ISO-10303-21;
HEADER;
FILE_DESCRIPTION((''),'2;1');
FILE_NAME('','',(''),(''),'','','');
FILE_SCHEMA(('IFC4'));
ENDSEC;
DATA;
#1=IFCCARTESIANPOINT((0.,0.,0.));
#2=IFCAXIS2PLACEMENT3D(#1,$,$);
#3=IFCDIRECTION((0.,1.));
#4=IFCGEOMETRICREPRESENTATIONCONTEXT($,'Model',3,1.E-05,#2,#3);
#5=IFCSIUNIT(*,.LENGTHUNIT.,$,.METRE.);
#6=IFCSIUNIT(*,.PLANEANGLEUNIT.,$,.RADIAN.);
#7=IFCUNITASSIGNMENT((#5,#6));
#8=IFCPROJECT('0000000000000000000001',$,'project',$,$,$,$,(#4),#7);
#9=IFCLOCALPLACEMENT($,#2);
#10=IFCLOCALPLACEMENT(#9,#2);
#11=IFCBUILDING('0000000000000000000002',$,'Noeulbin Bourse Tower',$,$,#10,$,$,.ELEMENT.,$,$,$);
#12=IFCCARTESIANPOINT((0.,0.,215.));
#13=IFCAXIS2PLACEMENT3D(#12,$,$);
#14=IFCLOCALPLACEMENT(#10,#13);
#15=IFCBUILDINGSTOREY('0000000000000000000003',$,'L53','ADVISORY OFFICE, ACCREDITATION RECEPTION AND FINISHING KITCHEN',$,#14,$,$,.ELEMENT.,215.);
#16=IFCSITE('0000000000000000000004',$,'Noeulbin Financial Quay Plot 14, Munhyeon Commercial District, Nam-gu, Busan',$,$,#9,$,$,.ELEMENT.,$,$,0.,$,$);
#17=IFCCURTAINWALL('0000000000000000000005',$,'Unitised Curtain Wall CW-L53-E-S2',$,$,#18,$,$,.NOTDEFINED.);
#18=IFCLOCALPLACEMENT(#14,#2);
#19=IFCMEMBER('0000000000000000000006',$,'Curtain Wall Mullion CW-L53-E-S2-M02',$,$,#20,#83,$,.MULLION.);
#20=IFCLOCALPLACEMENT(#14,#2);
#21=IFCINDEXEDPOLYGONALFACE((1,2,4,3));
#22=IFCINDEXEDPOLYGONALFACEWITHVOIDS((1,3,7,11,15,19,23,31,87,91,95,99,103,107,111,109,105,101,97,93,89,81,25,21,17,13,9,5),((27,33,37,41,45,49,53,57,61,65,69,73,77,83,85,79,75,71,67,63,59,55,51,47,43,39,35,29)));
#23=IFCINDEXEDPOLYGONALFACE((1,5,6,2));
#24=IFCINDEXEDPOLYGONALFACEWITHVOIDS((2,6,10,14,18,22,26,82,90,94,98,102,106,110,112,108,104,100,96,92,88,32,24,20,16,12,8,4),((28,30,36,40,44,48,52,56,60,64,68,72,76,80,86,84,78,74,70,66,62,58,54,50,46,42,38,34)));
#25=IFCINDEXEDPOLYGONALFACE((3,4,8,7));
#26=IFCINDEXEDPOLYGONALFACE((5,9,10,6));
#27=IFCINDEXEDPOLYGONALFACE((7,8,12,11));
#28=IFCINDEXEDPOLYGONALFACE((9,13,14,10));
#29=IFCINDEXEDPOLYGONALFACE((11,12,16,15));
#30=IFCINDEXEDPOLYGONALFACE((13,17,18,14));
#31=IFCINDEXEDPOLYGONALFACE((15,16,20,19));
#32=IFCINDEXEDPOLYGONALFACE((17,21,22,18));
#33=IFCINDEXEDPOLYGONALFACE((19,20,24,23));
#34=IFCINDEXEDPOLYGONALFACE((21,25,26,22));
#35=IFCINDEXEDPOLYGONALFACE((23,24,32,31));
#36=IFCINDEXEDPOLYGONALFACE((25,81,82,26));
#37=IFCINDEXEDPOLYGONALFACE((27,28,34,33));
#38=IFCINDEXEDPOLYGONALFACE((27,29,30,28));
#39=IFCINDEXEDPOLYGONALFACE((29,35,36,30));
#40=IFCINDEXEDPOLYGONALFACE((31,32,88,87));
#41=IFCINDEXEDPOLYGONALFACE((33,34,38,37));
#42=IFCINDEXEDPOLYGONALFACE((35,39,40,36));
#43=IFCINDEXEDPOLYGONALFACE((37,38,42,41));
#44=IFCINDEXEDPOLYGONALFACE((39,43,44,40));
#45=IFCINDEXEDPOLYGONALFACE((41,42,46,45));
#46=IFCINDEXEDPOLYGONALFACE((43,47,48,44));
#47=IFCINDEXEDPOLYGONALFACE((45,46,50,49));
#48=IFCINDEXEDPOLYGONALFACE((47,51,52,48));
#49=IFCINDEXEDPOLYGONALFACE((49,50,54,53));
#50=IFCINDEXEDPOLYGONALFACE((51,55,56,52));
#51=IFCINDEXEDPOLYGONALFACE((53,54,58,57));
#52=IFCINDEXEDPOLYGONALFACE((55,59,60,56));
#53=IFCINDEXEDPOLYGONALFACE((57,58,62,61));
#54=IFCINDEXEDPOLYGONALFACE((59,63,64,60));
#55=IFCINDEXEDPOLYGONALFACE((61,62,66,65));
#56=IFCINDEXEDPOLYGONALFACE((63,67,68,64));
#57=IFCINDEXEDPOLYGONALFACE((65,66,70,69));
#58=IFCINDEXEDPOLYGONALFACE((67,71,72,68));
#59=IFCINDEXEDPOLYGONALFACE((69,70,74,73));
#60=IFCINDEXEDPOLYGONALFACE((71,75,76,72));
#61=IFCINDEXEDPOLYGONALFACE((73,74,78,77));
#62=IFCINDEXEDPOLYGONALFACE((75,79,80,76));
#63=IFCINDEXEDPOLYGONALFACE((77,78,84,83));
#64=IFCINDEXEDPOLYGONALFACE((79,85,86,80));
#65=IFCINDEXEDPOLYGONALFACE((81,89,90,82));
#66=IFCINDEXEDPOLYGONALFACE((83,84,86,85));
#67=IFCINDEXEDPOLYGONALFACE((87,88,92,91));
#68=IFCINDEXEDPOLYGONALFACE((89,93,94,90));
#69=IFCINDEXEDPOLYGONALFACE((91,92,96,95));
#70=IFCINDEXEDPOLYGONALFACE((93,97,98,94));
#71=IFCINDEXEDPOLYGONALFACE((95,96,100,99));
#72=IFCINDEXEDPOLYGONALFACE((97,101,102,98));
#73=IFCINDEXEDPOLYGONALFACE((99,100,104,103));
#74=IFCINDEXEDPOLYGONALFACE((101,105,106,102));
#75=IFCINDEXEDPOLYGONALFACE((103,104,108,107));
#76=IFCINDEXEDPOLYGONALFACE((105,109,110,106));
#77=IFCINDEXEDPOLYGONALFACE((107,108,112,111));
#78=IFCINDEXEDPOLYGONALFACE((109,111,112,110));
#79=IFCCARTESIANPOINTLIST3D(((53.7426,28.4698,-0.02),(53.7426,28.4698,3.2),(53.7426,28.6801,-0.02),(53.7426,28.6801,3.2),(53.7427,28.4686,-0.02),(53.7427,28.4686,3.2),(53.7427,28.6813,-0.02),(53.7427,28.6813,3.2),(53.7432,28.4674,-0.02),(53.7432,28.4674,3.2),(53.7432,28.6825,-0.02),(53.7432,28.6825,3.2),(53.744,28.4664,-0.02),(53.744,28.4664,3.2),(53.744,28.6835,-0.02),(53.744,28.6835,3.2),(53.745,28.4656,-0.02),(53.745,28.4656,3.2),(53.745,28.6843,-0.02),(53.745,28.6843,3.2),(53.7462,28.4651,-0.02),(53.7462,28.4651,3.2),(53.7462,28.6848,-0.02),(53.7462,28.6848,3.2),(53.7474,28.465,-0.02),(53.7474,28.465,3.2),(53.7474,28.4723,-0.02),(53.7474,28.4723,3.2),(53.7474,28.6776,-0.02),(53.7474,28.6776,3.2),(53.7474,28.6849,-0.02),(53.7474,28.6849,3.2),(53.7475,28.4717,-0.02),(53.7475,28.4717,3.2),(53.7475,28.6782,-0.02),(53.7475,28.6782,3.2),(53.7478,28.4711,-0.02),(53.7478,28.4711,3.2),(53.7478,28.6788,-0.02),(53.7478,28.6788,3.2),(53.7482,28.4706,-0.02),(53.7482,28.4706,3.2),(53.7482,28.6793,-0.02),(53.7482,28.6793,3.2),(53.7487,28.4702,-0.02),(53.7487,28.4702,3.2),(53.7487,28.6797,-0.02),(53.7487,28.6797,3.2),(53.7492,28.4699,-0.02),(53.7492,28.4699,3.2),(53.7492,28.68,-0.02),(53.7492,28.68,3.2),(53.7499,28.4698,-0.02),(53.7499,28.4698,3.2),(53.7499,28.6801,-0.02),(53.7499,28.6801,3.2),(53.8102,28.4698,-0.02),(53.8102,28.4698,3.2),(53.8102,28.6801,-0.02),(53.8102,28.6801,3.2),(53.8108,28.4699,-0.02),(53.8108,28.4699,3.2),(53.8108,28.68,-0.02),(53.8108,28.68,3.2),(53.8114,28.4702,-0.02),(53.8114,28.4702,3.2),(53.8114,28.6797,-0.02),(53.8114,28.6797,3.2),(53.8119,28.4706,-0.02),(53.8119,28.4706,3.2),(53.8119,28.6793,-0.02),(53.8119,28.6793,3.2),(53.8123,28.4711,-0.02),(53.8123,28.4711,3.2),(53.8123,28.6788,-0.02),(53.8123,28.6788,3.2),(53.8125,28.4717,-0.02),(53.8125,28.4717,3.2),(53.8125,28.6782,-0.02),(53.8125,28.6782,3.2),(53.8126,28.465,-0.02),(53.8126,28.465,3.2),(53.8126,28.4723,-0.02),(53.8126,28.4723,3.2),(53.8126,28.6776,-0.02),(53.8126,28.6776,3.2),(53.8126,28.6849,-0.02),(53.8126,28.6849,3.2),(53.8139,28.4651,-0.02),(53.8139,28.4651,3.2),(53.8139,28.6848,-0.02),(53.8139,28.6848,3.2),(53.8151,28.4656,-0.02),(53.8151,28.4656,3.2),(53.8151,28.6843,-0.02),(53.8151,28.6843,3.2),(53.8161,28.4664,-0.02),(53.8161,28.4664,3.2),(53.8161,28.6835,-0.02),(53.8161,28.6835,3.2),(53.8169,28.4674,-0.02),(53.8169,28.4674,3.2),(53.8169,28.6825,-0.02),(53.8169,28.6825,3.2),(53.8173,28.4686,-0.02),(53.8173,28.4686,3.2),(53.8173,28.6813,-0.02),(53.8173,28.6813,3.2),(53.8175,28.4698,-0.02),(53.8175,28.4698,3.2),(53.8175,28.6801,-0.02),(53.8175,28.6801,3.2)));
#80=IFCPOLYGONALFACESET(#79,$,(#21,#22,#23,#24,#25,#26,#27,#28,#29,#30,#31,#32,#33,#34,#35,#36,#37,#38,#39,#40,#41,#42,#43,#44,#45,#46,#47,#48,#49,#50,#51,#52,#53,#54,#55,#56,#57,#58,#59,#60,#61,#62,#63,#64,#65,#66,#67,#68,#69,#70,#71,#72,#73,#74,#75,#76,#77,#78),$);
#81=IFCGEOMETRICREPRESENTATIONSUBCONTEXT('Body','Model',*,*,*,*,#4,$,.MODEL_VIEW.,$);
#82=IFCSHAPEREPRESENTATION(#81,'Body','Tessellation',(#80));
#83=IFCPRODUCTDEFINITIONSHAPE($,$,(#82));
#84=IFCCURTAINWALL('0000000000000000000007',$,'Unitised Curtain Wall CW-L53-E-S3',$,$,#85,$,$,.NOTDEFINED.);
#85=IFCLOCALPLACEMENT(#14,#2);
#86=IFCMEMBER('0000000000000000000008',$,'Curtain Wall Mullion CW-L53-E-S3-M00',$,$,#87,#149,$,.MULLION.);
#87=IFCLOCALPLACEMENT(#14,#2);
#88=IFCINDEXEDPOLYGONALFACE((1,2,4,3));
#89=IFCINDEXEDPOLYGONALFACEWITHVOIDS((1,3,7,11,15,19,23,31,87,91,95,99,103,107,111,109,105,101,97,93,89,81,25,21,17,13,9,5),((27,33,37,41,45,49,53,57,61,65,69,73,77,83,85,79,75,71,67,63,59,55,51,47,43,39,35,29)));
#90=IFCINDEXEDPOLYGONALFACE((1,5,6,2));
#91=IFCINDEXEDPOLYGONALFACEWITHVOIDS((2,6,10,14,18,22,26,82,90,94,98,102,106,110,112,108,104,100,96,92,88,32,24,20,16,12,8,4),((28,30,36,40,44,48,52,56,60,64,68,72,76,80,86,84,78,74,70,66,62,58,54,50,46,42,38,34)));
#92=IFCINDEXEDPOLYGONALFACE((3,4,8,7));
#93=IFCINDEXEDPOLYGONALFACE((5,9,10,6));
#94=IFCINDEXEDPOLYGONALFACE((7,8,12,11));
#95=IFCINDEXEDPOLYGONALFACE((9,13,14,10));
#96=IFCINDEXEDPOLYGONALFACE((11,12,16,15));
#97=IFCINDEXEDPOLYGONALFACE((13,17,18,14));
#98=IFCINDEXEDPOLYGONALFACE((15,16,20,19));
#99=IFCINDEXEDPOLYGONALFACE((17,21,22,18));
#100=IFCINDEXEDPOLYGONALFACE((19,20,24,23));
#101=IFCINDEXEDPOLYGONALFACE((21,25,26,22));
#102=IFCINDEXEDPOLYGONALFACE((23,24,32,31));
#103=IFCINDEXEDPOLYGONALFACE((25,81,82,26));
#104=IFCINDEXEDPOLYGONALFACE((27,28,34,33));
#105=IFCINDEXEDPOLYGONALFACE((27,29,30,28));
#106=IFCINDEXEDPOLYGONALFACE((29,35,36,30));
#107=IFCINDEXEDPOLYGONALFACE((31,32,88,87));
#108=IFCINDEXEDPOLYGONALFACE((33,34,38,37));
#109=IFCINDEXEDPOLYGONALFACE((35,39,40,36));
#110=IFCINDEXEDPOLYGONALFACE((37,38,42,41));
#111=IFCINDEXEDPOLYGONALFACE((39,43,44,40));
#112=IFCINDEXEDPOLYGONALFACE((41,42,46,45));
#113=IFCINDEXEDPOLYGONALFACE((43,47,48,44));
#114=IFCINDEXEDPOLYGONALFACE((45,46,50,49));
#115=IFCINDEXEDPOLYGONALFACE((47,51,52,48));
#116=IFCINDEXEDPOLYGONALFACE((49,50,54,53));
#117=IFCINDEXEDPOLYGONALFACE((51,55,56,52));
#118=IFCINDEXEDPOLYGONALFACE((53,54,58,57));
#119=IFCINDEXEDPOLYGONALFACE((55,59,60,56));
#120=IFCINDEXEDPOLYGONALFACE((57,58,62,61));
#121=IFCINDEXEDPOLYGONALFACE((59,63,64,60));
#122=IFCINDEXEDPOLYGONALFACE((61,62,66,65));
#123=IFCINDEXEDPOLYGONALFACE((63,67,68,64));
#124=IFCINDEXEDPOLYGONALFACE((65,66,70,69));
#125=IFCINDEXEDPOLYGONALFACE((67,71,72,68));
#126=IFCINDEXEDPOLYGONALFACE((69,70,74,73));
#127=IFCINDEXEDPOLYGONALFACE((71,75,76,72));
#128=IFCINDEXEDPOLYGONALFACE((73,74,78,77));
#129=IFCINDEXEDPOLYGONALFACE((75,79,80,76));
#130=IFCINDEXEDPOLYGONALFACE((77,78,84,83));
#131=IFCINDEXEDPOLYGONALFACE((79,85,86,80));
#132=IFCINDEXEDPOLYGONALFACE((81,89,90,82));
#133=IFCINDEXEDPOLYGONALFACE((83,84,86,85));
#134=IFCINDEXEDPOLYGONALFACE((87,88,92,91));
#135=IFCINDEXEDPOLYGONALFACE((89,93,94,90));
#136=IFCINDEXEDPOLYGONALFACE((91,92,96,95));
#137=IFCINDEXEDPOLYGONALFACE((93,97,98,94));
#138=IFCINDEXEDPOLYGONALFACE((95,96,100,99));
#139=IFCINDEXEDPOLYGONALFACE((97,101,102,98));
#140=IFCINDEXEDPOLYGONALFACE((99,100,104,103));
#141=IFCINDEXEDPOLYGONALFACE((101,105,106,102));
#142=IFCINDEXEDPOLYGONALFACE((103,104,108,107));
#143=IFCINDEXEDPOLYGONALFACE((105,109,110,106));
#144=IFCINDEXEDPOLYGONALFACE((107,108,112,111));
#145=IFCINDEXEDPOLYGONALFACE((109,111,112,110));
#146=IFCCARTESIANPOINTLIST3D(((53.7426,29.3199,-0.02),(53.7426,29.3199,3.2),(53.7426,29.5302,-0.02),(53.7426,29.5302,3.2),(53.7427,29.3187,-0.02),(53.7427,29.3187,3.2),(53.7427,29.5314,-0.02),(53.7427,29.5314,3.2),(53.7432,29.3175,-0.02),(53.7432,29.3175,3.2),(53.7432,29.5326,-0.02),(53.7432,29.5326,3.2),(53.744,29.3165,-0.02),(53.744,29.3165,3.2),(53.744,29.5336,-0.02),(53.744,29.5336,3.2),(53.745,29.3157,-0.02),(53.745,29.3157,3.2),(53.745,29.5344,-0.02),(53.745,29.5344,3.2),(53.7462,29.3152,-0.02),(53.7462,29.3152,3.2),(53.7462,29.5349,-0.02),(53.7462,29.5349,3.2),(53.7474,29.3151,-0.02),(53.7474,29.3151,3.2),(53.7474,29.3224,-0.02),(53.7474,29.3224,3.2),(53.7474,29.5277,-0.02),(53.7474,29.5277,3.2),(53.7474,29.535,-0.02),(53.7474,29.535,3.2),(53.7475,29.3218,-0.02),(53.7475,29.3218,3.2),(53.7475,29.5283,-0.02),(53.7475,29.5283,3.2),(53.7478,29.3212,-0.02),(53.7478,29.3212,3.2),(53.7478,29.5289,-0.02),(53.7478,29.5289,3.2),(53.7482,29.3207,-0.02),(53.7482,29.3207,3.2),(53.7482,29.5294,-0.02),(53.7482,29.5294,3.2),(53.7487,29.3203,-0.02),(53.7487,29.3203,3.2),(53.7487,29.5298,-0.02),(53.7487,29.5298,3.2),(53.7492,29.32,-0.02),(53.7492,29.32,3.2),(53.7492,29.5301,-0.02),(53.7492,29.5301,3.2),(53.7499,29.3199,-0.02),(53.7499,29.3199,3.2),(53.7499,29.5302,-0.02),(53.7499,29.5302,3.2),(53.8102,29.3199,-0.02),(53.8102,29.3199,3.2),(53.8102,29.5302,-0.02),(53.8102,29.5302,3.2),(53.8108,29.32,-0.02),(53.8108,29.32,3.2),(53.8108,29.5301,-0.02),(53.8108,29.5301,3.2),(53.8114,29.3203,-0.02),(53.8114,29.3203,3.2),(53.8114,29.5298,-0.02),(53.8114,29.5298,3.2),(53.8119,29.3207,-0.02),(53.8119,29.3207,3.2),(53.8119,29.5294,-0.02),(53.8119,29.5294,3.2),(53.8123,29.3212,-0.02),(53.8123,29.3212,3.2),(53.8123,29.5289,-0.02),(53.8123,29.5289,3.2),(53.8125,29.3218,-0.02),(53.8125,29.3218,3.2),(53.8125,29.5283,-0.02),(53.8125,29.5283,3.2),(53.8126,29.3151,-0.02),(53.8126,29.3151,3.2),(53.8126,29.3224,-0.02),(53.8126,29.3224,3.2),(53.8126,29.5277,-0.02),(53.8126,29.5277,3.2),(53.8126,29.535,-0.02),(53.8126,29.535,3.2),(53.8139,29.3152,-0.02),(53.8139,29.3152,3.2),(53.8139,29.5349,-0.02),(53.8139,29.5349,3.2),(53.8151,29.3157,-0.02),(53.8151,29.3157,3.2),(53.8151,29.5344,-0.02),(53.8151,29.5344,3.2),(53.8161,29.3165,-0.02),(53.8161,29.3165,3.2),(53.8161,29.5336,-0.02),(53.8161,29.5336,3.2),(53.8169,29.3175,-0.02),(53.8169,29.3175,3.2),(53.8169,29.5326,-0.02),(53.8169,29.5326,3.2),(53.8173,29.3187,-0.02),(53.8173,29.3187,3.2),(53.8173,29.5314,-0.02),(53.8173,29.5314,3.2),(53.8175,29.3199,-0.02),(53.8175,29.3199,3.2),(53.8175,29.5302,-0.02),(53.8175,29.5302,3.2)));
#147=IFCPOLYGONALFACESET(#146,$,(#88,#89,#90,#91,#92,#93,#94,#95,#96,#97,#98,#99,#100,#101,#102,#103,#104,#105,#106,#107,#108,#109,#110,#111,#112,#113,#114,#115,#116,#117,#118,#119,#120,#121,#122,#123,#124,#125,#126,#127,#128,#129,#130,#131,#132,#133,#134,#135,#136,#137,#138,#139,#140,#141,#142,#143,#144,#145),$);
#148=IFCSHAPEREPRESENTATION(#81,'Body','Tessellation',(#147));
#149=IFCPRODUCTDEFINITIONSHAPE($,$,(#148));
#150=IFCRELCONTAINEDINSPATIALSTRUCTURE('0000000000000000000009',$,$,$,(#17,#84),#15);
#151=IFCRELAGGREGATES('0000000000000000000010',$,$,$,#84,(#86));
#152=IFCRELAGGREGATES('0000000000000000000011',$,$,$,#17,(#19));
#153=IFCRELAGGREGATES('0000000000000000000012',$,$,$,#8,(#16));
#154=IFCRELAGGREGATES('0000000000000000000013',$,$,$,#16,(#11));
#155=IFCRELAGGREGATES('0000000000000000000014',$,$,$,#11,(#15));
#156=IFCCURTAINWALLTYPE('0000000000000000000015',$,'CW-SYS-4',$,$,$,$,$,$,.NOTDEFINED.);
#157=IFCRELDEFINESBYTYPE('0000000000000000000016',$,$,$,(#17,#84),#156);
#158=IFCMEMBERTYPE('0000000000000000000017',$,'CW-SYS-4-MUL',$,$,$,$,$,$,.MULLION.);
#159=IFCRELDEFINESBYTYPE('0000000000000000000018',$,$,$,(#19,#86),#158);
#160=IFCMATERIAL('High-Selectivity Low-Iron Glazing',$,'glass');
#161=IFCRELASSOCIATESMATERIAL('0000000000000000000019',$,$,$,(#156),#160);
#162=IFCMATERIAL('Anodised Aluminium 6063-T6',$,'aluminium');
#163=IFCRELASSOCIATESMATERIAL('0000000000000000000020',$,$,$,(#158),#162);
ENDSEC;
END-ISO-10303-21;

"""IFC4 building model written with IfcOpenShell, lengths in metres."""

from ifc_helpers import new_model, si_unit, direction, frame, origin, origin_2d, place, context, subcontext, project, spatial, hollow_rectangle, extrude, material, material_profile, profile_set, type_object, element, aggregate, save


model = new_model("IFC4")

# Units and contexts
model_context = context("Model", 3, precision=1e-05, world=origin(), true_north=direction((0.0, 1.0)))
body_context = subcontext(model_context, "Body", "Model", "MODEL_VIEW")
ifc_project = project(units=[si_unit("LENGTHUNIT", "METRE"), si_unit("PLANEANGLEUNIT", "RADIAN")], contexts=[model_context])

# Site, building, storey
site_placement = place(None, origin())
site = spatial("IfcSite", under=ifc_project, at=site_placement, Name="Noeulbin Financial Quay Plot 14, Munhyeon Commercial District, Nam-gu, Busan", CompositionType="ELEMENT", RefElevation=0.0)
building_placement = place(site_placement, origin())
building = spatial("IfcBuilding", under=site, at=building_placement, Name="Noeulbin Bourse Tower", CompositionType="ELEMENT")
storey_placement = place(building_placement, frame((0.0, 0.0, 215.0)))
storey = spatial("IfcBuildingStorey", under=building, at=storey_placement, Name="L53", Description="ADVISORY OFFICE, ACCREDITATION RECEPTION AND FINISHING KITCHEN", CompositionType="ELEMENT", Elevation=215.0)

# Curtain wall, member
ifc_material_1 = material(Name="High-Selectivity Low-Iron Glazing", Category="glass")
curtain_wall_type = type_object("IfcCurtainWallType", Name="CW-SYS-4", PredefinedType="NOTDEFINED", material=ifc_material_1)
curtain_wall_1_placement = place(storey_placement, origin())
curtain_wall_1 = element("IfcCurtainWall", 1, at=curtain_wall_1_placement, inside=storey, type_object=curtain_wall_type, Name="Unitised Curtain Wall CW-L53-E-S2", PredefinedType="NOTDEFINED")
ifc_material_2 = material(Name="Anodised Aluminium 6063-T6", Category="aluminium")
ifc_material_profile_1 = material_profile(ifc_material_2, hollow_rectangle(XDim=0.075, YDim=0.22, WallThickness=0.0049, InnerFilletRadius=0.0024, OuterFilletRadius=0.0049, at=origin_2d()), Name="ALU-MULL-75x220x5", Category="LoadBearing")
ifc_profile_set_1 = profile_set([ifc_material_profile_1], Name="Anodised Aluminium 6063-T6")
member_type_1 = type_object("IfcMemberType", Name="CW-SYS-4-MUL", PredefinedType="MULLION", material=ifc_profile_set_1)
member_1_placement = place(storey_placement, frame((53.78, 28.575, -0.02), z_axis=(0.0, 0.0, 1.0), x_axis=(1.0, 0.0, 0.0)))
member_1 = element("IfcMember", 2, at=member_1_placement, type_object=member_type_1, Name="Curtain Wall Mullion CW-L53-E-S2-M02", PredefinedType="MULLION", context=body_context, shape_type="SweptSolid", body=[
    extrude(hollow_rectangle(XDim=0.075, YDim=0.22, WallThickness=0.0049, InnerFilletRadius=0.0024, OuterFilletRadius=0.0049, at=origin_2d()), origin(), (0.0, 0.0, 1.0), 3.22),
])

# Curtain wall, member
curtain_wall_2_placement = place(storey_placement, origin())
curtain_wall_2 = element("IfcCurtainWall", 3, at=curtain_wall_2_placement, inside=storey, type_object=curtain_wall_type, Name="Unitised Curtain Wall CW-L53-E-S3", PredefinedType="NOTDEFINED")
member_2_placement = place(storey_placement, frame((53.78, 29.425, -0.02), z_axis=(0.0, 0.0, 1.0), x_axis=(1.0, 0.0, 0.0)))
member_2 = element("IfcMember", 4, at=member_2_placement, type_object=member_type_1, Name="Curtain Wall Mullion CW-L53-E-S3-M00", PredefinedType="MULLION", context=body_context, shape_type="SweptSolid", body=[
    extrude(hollow_rectangle(XDim=0.075, YDim=0.22, WallThickness=0.0049, InnerFilletRadius=0.0024, OuterFilletRadius=0.0049, at=origin_2d()), origin(), (0.0, 0.0, 1.0), 3.22),
])
aggregate(curtain_wall_2, [member_2])

aggregate(curtain_wall_1, [member_1])

save(model, "model.ifc")
